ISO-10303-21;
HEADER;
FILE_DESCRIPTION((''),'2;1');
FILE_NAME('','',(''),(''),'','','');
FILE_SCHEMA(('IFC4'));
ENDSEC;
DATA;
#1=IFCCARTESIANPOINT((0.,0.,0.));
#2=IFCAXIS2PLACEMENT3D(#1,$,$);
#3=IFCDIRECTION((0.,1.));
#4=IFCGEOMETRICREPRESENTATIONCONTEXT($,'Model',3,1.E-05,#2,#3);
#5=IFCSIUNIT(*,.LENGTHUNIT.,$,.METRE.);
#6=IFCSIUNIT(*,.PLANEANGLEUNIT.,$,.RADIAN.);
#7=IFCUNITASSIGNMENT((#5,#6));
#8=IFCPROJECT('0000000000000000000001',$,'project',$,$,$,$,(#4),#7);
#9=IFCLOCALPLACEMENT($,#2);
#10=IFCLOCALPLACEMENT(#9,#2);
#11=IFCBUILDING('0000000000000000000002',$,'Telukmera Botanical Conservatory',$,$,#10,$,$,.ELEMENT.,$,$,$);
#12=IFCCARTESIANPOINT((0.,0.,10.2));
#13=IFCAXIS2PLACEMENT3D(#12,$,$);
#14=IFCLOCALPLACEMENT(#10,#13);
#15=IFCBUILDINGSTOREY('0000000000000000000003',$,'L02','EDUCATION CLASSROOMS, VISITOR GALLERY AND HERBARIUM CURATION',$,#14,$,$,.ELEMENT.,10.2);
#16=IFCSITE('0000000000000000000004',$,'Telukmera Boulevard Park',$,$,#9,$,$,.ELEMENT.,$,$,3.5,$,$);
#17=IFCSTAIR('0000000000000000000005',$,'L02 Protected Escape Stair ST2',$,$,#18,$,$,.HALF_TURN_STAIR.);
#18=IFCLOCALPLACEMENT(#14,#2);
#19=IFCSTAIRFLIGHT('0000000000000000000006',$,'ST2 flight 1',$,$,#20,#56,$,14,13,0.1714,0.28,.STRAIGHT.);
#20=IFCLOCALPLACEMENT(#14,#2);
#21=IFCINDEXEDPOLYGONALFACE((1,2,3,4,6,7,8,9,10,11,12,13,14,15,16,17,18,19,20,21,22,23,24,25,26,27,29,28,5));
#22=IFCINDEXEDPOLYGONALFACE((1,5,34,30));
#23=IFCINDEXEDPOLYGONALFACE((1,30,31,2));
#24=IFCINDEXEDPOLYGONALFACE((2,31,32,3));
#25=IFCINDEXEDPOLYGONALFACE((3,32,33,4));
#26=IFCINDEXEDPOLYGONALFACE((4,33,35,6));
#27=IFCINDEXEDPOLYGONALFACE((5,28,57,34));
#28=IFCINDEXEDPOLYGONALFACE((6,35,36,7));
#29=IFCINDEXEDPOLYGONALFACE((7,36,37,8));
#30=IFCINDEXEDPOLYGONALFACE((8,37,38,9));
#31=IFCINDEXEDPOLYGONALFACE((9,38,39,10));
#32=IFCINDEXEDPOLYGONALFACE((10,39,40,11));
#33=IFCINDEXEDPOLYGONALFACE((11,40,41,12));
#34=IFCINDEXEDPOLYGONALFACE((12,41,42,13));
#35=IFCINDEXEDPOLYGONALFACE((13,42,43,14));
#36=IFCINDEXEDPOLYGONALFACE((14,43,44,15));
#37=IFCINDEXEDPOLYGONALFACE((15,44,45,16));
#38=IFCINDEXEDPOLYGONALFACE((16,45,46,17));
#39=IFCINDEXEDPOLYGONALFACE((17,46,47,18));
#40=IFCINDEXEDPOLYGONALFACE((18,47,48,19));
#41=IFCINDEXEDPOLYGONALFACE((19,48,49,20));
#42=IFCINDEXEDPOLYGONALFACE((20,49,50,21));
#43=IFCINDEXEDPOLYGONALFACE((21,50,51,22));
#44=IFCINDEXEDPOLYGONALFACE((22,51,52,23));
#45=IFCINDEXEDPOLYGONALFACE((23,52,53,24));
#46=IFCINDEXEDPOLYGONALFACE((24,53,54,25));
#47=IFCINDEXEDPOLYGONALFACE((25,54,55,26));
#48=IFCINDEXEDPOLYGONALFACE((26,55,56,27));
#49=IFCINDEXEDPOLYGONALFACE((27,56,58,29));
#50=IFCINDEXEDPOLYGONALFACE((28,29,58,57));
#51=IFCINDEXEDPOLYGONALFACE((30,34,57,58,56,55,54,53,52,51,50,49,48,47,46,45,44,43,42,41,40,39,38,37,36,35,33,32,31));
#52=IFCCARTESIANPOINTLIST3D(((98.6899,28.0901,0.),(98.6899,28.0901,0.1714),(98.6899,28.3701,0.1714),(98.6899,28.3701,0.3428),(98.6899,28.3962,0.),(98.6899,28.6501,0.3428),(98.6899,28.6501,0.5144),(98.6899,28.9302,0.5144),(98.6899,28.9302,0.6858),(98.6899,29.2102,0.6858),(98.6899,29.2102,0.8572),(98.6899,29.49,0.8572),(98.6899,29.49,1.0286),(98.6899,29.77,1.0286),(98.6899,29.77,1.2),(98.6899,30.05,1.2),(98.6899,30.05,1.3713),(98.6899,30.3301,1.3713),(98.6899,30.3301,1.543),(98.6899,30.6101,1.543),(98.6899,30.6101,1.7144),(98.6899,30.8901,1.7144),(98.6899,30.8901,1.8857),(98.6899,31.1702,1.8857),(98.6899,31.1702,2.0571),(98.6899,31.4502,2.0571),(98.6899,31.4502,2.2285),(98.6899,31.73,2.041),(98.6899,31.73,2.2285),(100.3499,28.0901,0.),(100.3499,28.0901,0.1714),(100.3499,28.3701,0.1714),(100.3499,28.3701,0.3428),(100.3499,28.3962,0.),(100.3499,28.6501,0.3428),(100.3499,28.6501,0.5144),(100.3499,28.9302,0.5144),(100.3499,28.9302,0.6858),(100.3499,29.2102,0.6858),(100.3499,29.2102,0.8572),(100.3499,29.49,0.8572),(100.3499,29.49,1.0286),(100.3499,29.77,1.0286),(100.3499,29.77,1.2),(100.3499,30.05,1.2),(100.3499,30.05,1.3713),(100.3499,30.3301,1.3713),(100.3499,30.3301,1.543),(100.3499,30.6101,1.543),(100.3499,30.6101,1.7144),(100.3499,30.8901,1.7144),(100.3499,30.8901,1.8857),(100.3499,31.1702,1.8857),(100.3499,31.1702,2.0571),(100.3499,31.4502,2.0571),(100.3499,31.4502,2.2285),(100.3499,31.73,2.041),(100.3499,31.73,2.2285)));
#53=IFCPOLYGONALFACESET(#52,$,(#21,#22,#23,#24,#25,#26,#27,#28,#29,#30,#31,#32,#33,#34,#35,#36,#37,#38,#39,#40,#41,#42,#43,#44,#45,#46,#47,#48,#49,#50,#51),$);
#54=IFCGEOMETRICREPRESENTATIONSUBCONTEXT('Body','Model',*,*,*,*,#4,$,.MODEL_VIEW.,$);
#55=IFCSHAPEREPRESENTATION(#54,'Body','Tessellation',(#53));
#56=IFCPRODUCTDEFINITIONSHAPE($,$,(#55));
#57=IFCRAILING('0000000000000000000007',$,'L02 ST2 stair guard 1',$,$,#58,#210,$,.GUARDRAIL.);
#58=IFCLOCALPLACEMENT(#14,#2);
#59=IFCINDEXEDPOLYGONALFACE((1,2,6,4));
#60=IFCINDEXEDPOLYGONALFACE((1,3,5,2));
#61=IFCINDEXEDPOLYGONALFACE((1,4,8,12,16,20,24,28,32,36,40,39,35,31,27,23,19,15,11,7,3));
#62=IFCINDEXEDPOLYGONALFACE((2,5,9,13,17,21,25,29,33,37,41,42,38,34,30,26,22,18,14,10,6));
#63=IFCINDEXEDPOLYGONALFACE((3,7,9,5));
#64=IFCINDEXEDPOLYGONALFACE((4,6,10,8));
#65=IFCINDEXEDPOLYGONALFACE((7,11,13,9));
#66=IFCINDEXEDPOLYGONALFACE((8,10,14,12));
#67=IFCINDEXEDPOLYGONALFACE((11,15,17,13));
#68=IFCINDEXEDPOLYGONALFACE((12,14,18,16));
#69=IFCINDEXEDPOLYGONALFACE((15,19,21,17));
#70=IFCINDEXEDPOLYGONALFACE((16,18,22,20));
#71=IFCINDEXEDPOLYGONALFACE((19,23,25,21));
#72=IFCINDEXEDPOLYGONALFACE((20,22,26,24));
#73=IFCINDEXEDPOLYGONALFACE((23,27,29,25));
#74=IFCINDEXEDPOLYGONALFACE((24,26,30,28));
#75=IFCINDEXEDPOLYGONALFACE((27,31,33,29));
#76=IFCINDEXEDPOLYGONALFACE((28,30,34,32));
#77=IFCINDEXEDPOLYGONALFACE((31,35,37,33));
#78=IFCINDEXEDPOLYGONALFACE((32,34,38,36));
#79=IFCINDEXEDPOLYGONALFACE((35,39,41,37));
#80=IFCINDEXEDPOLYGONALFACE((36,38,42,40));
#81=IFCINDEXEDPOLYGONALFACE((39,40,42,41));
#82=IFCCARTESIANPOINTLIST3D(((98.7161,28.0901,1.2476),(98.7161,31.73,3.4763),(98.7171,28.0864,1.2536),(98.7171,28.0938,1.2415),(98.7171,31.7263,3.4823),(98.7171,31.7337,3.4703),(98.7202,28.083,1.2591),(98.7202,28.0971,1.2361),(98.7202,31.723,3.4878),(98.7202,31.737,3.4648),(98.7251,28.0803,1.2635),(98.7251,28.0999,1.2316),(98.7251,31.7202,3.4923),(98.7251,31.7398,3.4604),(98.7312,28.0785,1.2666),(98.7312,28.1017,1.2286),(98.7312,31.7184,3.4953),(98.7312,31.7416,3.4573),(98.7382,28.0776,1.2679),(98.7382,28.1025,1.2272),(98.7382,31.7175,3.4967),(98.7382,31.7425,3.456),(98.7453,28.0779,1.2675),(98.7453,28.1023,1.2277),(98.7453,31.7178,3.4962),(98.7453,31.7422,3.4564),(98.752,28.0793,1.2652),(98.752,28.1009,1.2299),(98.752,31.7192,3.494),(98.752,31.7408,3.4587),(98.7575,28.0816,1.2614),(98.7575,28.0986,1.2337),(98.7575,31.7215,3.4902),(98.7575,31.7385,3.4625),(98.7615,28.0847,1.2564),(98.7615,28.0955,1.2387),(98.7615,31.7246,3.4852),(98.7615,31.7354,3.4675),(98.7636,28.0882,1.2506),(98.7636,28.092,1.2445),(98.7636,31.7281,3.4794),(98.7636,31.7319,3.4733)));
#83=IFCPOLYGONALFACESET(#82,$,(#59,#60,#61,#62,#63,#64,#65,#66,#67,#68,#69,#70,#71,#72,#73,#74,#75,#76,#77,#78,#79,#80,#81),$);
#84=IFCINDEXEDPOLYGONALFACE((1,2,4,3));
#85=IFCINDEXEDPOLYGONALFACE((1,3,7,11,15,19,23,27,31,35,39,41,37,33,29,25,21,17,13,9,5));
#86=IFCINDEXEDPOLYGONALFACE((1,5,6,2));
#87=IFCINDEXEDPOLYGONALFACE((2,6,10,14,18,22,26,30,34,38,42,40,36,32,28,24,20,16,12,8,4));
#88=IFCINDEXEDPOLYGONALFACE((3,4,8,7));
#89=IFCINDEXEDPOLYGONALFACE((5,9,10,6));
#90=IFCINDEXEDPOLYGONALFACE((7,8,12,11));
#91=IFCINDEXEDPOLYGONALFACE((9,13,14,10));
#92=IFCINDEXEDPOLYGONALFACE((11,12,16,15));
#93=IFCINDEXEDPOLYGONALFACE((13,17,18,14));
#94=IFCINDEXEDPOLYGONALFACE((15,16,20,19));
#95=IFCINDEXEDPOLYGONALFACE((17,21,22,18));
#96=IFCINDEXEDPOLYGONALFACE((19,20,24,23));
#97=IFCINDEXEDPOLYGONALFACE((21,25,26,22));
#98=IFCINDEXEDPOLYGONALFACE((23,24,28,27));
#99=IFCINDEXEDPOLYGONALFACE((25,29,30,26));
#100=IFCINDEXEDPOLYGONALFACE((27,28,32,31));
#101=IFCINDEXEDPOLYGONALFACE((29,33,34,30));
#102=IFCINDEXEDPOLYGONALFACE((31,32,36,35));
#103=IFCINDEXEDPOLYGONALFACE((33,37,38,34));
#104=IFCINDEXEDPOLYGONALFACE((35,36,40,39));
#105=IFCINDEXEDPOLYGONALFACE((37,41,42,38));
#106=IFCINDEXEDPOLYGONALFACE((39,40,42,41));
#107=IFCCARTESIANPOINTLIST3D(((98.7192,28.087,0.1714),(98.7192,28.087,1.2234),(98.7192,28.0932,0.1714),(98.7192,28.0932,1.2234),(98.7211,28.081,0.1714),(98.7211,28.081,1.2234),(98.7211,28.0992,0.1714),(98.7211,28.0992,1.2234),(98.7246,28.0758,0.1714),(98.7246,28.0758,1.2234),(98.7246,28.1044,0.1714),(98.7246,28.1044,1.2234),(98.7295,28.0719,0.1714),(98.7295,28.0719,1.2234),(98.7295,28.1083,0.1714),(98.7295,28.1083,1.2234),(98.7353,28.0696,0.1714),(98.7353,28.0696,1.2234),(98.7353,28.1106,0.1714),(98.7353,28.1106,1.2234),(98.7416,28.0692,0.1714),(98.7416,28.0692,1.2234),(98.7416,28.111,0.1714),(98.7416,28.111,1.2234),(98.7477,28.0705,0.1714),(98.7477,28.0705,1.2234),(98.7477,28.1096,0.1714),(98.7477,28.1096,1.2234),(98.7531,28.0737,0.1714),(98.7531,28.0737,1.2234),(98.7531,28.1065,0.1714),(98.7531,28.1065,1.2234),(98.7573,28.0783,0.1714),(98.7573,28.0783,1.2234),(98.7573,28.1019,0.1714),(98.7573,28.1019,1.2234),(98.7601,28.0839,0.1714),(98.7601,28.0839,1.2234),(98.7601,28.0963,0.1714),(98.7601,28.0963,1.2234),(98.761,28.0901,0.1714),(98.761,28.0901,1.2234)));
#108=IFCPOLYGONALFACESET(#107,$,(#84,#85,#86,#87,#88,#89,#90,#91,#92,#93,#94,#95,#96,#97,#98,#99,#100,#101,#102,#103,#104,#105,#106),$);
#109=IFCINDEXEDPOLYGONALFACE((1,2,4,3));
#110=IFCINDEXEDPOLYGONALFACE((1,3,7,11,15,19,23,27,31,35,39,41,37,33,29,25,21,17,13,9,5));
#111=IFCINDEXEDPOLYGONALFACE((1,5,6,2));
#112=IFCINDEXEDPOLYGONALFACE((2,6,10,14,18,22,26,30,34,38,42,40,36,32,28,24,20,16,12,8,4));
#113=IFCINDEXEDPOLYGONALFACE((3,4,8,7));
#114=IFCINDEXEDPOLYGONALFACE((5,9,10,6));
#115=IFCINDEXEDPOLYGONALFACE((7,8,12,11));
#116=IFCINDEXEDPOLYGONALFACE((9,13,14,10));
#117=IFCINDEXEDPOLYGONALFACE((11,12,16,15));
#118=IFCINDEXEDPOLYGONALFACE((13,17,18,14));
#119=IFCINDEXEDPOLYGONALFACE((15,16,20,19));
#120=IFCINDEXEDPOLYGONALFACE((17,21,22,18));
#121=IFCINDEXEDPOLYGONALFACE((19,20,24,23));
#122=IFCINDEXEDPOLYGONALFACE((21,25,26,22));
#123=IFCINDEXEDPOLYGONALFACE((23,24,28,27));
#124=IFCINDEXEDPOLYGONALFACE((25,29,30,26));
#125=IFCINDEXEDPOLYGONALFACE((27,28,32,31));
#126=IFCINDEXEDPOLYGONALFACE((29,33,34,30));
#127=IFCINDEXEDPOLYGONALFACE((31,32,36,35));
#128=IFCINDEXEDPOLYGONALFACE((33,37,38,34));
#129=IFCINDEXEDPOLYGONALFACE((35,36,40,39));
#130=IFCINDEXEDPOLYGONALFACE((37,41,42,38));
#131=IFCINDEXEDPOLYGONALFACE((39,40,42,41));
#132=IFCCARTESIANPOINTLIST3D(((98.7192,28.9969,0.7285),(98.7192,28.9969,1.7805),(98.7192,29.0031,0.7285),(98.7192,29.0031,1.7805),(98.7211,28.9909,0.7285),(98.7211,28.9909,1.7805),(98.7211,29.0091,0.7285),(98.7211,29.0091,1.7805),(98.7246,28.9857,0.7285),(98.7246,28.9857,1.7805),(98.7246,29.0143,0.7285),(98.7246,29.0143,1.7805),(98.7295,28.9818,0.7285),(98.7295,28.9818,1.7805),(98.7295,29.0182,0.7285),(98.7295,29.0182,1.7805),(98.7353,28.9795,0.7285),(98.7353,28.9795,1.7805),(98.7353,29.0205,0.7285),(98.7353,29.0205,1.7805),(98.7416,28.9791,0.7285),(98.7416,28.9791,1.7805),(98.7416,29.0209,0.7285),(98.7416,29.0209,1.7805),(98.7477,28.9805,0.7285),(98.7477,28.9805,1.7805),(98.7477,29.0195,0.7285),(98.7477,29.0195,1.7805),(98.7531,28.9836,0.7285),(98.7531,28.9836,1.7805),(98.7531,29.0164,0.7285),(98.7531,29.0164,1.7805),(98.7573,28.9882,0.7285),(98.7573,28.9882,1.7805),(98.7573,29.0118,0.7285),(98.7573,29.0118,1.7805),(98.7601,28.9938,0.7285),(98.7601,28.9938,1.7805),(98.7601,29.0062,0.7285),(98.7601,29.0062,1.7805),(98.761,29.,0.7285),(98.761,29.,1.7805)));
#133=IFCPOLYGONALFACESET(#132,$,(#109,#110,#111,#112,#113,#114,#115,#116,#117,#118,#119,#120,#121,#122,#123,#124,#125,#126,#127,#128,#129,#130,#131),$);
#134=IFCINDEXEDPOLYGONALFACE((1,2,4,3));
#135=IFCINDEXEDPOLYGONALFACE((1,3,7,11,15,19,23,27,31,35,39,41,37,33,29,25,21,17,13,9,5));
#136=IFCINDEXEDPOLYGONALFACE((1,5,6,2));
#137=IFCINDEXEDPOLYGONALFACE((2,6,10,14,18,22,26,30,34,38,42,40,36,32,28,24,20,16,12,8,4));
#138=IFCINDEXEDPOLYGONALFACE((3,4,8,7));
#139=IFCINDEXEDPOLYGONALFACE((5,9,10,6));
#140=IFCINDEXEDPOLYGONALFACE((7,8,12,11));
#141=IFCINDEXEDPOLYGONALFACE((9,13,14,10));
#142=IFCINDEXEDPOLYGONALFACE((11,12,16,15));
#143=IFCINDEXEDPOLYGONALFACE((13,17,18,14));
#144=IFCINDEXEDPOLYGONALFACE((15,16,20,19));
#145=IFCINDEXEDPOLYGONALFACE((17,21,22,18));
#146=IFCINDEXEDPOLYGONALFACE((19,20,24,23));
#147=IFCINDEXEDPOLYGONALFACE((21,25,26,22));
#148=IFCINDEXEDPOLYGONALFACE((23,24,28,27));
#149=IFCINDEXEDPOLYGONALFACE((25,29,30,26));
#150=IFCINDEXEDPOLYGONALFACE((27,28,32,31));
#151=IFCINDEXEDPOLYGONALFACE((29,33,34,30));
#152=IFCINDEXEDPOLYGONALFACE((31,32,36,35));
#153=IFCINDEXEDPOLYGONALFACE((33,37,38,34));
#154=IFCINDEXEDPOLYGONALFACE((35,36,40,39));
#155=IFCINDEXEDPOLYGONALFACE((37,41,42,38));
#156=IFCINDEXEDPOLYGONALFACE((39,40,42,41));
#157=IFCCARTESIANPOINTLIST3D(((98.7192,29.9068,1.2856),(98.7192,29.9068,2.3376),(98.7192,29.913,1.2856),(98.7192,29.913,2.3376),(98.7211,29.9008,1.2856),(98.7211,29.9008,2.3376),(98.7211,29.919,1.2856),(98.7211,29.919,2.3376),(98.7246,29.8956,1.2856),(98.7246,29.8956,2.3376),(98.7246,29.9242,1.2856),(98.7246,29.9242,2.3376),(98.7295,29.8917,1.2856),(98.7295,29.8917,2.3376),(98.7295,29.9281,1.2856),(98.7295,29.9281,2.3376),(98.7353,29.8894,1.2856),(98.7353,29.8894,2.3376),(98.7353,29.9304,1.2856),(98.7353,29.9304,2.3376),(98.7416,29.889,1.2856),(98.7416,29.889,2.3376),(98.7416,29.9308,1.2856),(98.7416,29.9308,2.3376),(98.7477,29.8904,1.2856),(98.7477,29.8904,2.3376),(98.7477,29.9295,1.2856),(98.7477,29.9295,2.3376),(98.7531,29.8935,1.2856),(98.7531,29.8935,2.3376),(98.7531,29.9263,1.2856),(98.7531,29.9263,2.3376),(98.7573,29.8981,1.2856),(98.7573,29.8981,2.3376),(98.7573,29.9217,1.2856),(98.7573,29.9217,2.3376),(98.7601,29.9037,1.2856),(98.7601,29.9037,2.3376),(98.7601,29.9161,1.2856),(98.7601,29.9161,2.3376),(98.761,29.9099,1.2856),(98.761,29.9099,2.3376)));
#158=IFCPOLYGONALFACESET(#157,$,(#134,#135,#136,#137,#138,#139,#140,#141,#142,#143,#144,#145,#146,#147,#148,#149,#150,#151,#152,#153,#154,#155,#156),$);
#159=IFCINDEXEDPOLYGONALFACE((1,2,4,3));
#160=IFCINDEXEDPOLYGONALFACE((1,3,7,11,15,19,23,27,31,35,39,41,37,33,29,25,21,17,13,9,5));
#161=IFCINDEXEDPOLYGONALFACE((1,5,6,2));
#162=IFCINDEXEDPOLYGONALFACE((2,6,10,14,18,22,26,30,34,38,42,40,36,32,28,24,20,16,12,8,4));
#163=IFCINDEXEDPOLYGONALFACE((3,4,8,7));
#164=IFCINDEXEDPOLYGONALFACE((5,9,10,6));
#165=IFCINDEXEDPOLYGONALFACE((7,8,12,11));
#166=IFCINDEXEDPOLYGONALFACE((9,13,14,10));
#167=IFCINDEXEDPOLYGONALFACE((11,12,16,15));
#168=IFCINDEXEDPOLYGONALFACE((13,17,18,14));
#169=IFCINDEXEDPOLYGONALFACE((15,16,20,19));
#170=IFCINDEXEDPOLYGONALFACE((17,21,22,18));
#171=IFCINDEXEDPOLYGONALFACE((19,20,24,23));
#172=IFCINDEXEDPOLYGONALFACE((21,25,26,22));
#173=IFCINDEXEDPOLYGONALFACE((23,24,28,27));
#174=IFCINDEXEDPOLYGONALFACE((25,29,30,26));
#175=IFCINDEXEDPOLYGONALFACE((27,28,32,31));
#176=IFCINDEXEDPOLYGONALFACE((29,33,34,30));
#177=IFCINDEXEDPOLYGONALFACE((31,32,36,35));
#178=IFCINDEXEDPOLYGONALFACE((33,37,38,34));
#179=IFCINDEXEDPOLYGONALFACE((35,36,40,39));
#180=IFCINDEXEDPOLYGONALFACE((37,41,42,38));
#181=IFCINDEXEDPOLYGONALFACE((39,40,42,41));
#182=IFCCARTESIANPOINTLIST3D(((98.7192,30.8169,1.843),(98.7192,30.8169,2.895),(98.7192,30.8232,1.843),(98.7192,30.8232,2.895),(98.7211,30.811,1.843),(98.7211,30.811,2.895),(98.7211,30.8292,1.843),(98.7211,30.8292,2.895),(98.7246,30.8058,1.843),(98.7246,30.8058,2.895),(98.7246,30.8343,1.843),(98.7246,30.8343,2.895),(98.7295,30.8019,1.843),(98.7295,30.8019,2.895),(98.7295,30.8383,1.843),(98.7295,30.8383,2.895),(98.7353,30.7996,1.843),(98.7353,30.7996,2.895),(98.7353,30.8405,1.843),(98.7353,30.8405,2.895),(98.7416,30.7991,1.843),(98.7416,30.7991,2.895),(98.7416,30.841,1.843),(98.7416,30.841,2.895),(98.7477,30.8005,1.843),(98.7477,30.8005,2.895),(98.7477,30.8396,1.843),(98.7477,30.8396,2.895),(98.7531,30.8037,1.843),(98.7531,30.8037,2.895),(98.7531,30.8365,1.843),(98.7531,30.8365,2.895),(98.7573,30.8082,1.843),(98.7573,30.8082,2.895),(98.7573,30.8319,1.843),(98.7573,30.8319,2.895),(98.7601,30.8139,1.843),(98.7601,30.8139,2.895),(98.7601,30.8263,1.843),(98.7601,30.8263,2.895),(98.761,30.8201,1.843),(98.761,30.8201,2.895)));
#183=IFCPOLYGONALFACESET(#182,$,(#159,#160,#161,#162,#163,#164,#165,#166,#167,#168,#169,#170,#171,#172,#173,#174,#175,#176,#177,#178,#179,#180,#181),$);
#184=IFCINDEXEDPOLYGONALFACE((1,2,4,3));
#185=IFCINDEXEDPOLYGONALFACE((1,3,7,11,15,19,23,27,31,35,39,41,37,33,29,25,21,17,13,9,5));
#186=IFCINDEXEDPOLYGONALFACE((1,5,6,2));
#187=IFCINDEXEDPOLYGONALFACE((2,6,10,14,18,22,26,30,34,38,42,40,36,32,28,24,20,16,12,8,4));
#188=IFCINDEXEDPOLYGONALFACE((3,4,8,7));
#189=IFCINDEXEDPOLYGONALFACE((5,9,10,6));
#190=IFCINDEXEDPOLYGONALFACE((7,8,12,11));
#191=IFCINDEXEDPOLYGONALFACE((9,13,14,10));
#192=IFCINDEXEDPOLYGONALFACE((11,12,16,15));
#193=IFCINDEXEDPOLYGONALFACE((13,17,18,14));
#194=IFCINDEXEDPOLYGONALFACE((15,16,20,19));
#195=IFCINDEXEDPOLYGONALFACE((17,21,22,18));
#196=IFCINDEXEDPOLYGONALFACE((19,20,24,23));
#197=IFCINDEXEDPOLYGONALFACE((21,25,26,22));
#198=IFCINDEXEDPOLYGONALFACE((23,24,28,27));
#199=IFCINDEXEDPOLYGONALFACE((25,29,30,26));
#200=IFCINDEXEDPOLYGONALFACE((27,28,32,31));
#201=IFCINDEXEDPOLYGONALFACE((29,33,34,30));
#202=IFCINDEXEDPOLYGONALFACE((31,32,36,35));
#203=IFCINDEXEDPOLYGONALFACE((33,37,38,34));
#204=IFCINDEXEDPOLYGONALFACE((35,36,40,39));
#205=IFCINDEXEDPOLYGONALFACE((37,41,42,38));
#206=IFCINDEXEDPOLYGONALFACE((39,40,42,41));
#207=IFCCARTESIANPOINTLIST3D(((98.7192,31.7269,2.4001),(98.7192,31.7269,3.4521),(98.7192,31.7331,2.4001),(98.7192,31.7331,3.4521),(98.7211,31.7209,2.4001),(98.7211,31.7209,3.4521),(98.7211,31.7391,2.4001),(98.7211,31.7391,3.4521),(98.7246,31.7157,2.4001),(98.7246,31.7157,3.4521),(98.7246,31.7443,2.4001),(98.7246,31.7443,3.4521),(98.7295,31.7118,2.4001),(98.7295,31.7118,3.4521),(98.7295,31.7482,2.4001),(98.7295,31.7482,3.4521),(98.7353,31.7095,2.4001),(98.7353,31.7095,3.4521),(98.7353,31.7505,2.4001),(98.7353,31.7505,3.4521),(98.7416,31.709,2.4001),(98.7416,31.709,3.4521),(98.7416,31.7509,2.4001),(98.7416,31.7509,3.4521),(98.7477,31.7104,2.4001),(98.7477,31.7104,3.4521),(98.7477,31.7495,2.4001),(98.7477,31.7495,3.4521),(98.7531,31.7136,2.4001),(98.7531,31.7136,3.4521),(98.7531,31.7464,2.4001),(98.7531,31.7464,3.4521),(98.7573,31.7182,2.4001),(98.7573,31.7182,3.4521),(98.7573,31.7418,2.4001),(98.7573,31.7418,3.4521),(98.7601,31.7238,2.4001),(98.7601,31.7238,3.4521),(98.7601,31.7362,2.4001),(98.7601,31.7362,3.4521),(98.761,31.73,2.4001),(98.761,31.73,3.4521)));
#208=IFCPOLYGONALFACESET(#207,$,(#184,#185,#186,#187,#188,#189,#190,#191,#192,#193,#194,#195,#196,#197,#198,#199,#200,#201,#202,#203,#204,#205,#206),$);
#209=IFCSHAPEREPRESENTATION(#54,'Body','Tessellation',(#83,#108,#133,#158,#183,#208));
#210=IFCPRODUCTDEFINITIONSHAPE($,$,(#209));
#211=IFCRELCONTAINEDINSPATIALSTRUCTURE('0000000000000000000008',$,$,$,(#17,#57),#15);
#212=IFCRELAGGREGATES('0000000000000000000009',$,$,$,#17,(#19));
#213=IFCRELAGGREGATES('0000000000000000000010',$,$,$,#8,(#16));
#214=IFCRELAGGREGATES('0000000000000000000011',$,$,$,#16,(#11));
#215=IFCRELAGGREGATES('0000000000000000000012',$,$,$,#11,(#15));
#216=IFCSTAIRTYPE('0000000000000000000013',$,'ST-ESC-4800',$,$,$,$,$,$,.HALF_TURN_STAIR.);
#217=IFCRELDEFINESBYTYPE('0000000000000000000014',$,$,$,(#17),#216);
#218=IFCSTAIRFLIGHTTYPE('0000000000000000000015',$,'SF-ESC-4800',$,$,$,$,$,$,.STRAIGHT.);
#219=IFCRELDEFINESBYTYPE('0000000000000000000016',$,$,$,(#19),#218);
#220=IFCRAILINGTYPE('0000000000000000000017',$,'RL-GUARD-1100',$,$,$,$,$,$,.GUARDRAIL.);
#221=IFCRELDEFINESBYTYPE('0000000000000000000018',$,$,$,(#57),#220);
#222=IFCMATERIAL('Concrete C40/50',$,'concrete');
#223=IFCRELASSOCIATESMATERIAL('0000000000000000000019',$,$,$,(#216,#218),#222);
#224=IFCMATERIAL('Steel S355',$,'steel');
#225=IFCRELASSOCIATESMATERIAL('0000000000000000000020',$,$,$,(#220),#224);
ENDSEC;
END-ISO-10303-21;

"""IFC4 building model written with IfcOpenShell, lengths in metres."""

from ifc_helpers import new_model, si_unit, direction, frame, origin, origin_2d, place, context, subcontext, project, spatial, polyline, circle, outline, extrude, material, type_object, element, aggregate, save


model = new_model("IFC4")

# Units and contexts
model_context = context("Model", 3, precision=1e-05, world=origin(), true_north=direction((0.0, 1.0)))
body_context = subcontext(model_context, "Body", "Model", "MODEL_VIEW")
ifc_project = project(units=[si_unit("LENGTHUNIT", "METRE"), si_unit("PLANEANGLEUNIT", "RADIAN")], contexts=[model_context])

# Site, building, storey
site_placement = place(None, origin())
site = spatial("IfcSite", under=ifc_project, at=site_placement, Name="Telukmera Boulevard Park", CompositionType="ELEMENT", RefElevation=3.5)
building_placement = place(site_placement, origin())
building = spatial("IfcBuilding", under=site, at=building_placement, Name="Telukmera Botanical Conservatory", CompositionType="ELEMENT")
storey_placement = place(building_placement, frame((0.0, 0.0, 10.2)))
storey = spatial("IfcBuildingStorey", under=building, at=storey_placement, Name="L02", Description="EDUCATION CLASSROOMS, VISITOR GALLERY AND HERBARIUM CURATION", CompositionType="ELEMENT", Elevation=10.2)

# Shared definitions
ifc_material_1 = material(Name="Concrete C40/50", Category="concrete")

# Stair, stair flight
stair_type = type_object("IfcStairType", Name="ST-ESC-4800", PredefinedType="HALF_TURN_STAIR", material=ifc_material_1)
stair_placement = place(storey_placement, origin())
stair = element("IfcStair", 1, at=stair_placement, inside=storey, type_object=stair_type, Name="L02 Protected Escape Stair ST2", PredefinedType="HALF_TURN_STAIR")
stair_flight_type = type_object("IfcStairFlightType", Name="SF-ESC-4800", PredefinedType="STRAIGHT", material=ifc_material_1)
stair_flight_placement = place(storey_placement, frame((99.52, 28.0901, 0.0), z_axis=(0.0, 0.0, 1.0), x_axis=(0.0, 1.0, 0.0)))
stair_flight = element("IfcStairFlight", 2, at=stair_flight_placement, type_object=stair_flight_type, Name="ST2 flight 1", NumberOfRisers=14, NumberOfTreads=13, PredefinedType="STRAIGHT", RiserHeight=0.1714, TreadLength=0.28, context=body_context, shape_type="SweptSolid", body=[
    extrude(outline(polyline([(0.0, 0.0), (0.0, 0.1714), (0.28, 0.1714), (0.28, 0.3428), (0.5601, 0.3428), (0.5601, 0.5144), (0.8401, 0.5144), (0.8401, 0.6858), (1.1201, 0.6858), (1.1201, 0.8572), (1.3999, 0.8572), (1.3999, 1.0286), (1.6799, 1.0286), (1.6799, 1.2), (1.96, 1.2), (1.96, 1.3713), (2.24, 1.3713), (2.24, 1.543), (2.52, 1.543), (2.52, 1.7144), (2.8, 1.7144), (2.8, 1.8857), (3.0801, 1.8857), (3.0801, 2.0571), (3.3601, 2.0571), (3.3601, 2.2285), (3.6399, 2.2285), (3.6399, 2.3999), (3.6399, 2.041), (0.3062, 0.0), (0.0, 0.0)])), frame((0.0, 0.8301, 0.0), z_axis=(0.0, -1.0, 0.0), x_axis=(1.0, 0.0, 0.0)), (0.0, 0.0, 1.0), 1.6599),
])
aggregate(stair, [stair_flight])

# Railing
ifc_material_2 = material(Name="Steel S355", Category="steel")
railing_type_1 = type_object("IfcRailingType", Name="RL-GUARD-1100", PredefinedType="GUARDRAIL", material=ifc_material_2)
railing_1_placement = place(storey_placement, frame((98.74, 28.0901, 0.1714)))
element("IfcRailing", 3, at=railing_1_placement, inside=storey, type_object=railing_type_1, Name="L02 ST2 stair guard 1", PredefinedType="GUARDRAIL", context=body_context, shape_type="SweptSolid", body=[
    extrude(circle(Radius=0.0239, at=origin_2d()), frame((0.0, 0.0, 1.0762), z_axis=(0.0, 0.852825, 0.522197), x_axis=(-1.0, 0.0, 0.0)), (0.0, 0.0, 1.0), 4.2681),
    extrude(circle(Radius=0.021, at=origin_2d()), origin(), (0.0, 0.0, 1.0), 1.052),
    extrude(circle(Radius=0.021, at=origin_2d()), frame((0.0, 0.9099, 0.5571)), (0.0, 0.0, 1.0), 1.052),
    extrude(circle(Radius=0.021, at=origin_2d()), frame((0.0, 1.8198, 1.1143)), (0.0, 0.0, 1.0), 1.052),
    extrude(circle(Radius=0.021, at=origin_2d()), frame((0.0, 2.73, 1.6716)), (0.0, 0.0, 1.0), 1.052),
    extrude(circle(Radius=0.021, at=origin_2d()), frame((0.0, 3.6399, 2.2288)), (0.0, 0.0, 1.0), 1.052),
])

save(model, "model.ifc")
